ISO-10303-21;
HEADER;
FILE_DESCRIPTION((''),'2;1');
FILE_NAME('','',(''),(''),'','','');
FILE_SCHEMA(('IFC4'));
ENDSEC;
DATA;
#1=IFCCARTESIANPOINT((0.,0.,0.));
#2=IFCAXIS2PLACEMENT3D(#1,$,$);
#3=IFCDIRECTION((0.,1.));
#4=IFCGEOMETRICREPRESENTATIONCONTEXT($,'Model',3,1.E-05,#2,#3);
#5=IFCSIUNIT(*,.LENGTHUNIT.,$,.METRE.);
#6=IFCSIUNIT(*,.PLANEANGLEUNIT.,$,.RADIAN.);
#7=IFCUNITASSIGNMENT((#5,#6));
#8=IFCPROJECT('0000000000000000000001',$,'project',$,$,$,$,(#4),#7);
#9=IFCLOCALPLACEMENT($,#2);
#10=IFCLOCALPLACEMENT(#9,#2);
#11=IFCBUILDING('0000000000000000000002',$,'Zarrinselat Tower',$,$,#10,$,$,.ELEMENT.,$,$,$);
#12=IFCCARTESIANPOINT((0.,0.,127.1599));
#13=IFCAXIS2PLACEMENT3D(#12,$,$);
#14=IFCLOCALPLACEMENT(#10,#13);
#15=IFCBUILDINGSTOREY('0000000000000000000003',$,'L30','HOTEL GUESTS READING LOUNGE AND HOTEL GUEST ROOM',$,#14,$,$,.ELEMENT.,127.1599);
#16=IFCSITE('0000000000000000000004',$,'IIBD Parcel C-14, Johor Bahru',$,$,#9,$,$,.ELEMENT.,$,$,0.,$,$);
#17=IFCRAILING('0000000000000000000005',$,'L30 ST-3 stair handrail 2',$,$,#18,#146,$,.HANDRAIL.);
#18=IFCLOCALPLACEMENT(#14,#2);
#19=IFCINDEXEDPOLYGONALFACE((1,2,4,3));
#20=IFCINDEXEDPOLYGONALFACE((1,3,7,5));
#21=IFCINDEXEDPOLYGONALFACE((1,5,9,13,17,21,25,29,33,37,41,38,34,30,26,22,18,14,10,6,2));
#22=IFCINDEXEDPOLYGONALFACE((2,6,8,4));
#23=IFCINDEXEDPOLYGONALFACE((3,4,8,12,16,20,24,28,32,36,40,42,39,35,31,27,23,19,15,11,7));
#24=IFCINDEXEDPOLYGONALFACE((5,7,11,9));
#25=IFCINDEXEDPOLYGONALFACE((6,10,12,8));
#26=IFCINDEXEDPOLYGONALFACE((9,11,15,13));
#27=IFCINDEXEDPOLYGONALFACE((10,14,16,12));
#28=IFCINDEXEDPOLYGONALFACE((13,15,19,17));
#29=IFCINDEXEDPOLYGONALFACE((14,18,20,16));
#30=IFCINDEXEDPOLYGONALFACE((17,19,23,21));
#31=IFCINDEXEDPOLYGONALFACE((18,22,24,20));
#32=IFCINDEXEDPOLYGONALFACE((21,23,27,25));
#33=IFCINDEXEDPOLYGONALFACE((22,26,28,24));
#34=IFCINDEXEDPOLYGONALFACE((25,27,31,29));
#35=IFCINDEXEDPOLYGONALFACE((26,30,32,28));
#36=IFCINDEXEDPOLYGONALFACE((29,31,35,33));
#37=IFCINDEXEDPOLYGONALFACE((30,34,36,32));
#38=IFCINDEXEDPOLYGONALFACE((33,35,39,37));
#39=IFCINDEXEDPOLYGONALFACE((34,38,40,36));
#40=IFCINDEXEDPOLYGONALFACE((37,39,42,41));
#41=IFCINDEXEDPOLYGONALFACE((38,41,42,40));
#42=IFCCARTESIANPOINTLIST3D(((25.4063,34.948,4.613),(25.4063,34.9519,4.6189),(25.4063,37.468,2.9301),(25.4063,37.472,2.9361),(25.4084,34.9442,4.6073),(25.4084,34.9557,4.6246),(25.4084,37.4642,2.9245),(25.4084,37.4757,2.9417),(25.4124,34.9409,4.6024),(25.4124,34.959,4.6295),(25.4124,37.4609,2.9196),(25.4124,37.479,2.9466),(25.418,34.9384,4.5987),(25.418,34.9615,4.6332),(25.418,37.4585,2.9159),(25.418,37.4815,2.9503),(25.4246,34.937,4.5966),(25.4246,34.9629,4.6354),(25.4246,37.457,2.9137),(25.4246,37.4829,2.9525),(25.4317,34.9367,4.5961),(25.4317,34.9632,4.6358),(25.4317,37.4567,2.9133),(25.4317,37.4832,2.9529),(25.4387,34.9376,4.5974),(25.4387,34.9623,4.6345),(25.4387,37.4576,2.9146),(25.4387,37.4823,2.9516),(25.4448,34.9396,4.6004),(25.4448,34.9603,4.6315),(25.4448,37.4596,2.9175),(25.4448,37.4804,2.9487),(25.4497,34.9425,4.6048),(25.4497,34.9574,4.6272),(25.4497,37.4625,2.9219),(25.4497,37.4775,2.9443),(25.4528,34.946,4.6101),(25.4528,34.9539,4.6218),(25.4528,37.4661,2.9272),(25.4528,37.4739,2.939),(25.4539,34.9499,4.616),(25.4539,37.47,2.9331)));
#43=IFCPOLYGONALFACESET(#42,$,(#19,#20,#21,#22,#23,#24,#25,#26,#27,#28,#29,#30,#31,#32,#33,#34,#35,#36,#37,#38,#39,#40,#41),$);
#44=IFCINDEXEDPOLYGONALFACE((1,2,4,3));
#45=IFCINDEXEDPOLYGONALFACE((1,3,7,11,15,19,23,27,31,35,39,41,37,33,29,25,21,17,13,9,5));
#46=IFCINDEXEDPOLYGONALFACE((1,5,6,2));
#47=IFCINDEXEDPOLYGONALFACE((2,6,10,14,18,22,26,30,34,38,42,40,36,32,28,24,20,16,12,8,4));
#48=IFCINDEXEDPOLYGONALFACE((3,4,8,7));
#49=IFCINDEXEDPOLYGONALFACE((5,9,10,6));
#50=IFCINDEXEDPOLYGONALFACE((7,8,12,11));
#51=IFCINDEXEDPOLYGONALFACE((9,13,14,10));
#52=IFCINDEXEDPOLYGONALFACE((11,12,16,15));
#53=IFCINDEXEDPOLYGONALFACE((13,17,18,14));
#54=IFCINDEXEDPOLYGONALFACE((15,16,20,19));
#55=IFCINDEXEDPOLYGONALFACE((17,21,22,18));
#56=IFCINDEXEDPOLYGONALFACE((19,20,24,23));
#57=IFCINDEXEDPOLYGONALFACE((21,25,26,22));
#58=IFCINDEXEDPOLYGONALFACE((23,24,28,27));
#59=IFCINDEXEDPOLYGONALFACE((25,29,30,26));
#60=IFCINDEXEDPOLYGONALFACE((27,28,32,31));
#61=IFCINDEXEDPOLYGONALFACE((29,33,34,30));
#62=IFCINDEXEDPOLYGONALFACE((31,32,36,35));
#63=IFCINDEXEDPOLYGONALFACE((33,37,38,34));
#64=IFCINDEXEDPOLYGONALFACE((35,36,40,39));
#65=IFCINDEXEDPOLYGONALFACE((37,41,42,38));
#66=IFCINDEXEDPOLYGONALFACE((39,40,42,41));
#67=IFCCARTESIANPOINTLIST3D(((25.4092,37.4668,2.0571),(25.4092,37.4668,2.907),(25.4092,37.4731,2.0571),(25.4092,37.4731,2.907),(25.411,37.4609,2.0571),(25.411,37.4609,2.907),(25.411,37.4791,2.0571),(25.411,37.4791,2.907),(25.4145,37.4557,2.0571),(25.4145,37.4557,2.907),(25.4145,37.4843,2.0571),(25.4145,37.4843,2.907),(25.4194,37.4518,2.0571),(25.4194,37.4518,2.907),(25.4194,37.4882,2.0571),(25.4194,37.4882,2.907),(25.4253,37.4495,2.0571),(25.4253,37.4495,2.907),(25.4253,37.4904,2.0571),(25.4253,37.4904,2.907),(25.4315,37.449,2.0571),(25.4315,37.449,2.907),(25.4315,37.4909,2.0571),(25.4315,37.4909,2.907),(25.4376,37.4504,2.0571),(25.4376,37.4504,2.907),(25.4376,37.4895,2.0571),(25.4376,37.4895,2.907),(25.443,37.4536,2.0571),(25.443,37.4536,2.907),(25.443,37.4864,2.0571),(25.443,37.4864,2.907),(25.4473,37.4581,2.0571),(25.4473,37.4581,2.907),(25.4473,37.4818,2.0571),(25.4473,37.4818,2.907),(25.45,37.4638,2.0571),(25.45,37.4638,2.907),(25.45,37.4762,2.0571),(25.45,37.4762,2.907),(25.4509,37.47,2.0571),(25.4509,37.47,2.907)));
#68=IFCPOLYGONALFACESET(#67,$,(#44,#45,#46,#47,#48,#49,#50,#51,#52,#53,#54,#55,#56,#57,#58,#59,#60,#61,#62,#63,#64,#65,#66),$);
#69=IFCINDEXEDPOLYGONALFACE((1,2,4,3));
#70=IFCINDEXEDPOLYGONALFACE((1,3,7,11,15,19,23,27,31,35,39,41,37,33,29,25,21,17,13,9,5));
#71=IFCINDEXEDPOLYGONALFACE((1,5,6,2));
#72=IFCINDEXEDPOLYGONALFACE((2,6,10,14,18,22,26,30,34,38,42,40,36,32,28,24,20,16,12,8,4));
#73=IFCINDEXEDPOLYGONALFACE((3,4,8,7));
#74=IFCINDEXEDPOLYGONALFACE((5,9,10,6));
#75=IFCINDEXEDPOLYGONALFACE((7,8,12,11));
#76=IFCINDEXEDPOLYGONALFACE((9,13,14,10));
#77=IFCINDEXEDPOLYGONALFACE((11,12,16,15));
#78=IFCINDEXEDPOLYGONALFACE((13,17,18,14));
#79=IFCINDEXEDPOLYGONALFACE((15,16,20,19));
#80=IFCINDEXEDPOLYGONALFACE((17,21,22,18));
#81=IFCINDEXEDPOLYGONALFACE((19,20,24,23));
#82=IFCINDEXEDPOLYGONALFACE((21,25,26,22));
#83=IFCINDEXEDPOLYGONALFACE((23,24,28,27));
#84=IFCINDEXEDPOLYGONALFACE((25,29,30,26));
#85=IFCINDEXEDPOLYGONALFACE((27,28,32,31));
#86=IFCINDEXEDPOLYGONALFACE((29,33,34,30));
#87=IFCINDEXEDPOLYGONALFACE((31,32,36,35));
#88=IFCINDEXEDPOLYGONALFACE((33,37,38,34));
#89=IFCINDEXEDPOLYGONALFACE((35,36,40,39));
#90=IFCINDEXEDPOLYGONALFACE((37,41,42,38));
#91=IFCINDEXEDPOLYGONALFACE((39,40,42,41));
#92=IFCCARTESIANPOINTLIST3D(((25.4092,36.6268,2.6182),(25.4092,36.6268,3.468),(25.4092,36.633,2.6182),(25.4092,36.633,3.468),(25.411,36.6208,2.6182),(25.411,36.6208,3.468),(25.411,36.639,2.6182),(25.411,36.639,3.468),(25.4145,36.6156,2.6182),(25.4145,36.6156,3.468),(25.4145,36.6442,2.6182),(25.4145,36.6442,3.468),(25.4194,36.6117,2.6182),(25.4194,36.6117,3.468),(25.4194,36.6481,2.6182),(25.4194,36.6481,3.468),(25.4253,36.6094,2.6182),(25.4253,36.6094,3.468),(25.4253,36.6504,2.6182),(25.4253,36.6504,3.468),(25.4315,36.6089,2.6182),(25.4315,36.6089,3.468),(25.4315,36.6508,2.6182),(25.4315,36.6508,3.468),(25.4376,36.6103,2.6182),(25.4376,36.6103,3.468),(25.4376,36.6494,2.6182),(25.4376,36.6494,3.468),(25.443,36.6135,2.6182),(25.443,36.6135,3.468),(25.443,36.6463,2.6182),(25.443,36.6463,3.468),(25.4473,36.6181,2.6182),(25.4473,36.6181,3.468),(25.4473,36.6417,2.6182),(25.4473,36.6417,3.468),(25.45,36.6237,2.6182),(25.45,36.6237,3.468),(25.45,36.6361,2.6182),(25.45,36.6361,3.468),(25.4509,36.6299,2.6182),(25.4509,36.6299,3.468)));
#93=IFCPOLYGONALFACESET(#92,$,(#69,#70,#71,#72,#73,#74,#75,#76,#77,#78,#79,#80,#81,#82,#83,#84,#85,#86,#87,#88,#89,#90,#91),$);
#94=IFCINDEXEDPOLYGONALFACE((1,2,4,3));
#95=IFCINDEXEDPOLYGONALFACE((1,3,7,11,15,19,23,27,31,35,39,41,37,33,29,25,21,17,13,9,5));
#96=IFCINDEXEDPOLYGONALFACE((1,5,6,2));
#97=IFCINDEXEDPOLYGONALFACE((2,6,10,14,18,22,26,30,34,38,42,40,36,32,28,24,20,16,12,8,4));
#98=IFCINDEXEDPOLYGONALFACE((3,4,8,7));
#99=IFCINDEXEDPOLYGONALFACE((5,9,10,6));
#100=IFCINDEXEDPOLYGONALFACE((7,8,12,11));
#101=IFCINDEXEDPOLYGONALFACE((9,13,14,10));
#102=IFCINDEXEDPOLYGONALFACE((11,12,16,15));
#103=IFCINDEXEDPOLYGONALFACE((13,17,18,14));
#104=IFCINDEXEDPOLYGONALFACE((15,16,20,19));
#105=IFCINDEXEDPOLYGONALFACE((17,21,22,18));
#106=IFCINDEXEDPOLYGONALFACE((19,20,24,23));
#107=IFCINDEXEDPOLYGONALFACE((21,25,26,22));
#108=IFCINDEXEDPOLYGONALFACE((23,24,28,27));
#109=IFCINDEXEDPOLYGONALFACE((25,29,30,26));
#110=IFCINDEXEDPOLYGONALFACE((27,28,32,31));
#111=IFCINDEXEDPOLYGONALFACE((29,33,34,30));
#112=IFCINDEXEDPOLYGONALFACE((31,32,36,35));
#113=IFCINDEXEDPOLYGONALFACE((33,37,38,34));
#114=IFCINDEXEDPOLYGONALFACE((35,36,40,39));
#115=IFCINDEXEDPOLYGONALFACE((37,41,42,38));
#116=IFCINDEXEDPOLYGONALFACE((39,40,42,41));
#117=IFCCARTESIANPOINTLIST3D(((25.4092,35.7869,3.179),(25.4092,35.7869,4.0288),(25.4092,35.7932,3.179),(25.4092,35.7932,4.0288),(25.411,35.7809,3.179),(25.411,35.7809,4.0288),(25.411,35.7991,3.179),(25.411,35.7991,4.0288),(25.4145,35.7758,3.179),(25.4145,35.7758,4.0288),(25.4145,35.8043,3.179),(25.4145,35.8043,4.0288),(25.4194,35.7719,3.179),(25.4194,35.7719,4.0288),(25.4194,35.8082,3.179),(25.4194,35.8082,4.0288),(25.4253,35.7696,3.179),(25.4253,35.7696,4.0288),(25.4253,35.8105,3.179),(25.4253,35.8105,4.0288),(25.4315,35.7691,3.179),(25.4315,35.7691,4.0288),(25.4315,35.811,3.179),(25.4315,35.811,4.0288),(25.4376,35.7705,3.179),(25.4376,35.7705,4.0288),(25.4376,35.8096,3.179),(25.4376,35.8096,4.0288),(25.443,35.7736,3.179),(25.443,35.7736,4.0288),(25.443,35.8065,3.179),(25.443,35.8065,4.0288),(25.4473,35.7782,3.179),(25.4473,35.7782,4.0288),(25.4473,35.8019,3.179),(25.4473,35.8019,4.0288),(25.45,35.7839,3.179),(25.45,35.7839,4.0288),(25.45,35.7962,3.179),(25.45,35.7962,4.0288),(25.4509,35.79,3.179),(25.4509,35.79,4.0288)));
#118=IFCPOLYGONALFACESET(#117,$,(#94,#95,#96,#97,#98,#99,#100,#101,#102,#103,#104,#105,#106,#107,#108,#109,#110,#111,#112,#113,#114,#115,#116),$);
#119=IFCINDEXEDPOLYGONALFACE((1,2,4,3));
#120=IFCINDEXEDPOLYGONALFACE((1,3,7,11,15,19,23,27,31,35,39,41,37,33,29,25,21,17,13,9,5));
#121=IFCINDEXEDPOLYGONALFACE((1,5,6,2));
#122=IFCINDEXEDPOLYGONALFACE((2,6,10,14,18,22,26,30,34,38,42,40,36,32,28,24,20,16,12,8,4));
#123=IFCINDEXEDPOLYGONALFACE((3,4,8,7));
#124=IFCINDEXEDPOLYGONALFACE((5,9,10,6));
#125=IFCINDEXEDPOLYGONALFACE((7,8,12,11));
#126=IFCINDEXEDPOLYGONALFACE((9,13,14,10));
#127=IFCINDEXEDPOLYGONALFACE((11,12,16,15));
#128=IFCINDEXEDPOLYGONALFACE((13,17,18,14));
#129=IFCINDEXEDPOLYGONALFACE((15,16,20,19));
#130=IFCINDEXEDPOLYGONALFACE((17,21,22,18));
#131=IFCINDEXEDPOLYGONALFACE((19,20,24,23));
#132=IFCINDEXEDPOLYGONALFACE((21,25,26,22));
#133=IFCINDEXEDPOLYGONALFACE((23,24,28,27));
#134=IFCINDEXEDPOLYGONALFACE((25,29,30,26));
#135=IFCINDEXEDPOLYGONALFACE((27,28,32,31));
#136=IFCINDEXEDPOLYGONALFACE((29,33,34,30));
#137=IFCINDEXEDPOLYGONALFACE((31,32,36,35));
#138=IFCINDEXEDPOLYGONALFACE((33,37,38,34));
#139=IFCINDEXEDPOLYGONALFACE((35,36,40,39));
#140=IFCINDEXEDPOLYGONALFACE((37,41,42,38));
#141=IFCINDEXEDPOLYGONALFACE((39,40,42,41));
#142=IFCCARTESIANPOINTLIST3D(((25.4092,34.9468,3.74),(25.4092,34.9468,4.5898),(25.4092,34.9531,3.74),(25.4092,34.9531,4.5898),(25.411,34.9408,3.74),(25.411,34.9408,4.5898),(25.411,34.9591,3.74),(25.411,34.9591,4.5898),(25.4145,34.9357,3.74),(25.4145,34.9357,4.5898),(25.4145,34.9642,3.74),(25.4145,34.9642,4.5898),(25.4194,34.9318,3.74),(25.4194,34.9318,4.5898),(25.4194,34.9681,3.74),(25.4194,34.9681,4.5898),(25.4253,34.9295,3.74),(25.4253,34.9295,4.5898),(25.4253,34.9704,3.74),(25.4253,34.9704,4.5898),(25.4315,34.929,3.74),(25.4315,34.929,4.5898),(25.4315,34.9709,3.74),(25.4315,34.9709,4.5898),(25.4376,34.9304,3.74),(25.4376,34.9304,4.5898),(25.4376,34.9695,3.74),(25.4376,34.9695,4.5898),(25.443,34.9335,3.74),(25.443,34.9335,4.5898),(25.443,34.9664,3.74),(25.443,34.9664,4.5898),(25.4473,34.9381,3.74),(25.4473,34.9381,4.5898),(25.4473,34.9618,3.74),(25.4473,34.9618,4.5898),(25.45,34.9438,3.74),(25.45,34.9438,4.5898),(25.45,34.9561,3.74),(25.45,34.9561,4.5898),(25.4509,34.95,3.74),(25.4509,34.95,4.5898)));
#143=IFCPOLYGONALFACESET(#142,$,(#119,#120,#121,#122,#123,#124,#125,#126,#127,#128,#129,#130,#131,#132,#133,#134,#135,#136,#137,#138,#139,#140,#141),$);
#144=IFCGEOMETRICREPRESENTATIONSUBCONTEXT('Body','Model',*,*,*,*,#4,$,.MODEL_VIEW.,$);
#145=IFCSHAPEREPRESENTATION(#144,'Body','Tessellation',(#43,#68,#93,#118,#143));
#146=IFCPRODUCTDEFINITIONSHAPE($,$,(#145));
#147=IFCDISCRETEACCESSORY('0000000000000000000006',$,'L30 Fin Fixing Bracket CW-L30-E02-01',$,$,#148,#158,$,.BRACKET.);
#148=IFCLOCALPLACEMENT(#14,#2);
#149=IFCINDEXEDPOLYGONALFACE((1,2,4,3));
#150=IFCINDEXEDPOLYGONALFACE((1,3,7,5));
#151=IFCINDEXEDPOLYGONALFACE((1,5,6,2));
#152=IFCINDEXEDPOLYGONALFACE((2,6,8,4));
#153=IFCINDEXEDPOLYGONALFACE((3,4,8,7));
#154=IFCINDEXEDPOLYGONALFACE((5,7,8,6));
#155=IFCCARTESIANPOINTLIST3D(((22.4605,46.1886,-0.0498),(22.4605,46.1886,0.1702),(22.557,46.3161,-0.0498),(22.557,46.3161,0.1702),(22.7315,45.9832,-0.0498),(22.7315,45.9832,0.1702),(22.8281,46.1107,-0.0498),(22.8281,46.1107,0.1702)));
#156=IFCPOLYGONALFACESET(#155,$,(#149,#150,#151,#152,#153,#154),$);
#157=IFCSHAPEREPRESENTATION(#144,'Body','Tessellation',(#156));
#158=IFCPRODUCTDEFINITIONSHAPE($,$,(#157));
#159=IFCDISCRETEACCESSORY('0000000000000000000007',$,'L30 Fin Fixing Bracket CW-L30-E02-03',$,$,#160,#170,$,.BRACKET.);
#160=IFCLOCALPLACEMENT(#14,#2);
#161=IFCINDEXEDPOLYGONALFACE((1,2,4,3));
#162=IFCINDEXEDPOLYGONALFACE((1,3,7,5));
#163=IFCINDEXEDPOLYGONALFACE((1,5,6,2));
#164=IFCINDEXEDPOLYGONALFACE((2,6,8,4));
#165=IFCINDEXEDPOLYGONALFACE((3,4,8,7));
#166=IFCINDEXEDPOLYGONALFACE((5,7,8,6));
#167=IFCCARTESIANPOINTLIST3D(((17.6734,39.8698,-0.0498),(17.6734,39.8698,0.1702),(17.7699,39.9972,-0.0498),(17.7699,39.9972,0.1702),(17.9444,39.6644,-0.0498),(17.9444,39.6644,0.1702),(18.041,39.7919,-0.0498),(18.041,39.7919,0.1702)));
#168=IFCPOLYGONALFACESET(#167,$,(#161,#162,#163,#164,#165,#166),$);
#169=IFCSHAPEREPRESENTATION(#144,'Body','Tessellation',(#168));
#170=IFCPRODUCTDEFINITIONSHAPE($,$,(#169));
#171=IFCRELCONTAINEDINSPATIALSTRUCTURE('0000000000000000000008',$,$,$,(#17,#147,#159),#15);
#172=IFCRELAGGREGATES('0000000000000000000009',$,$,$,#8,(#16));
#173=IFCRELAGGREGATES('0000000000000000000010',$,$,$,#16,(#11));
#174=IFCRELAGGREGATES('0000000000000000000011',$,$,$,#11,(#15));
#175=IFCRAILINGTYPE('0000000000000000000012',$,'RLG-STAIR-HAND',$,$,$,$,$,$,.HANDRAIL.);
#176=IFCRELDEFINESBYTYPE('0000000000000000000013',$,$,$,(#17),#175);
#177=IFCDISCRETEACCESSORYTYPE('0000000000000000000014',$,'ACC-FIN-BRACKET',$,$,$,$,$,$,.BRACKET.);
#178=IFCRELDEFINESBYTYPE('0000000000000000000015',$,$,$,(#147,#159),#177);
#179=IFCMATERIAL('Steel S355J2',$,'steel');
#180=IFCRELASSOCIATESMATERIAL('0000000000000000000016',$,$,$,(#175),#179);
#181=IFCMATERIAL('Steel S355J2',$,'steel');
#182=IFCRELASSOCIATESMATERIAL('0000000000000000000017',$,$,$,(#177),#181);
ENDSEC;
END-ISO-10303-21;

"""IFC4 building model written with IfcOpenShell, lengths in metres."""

from ifc_helpers import new_model, si_unit, direction, frame, origin, origin_2d, place, context, subcontext, project, spatial, rectangle, circle, extrude, material, type_object, element, save


model = new_model("IFC4")

# Units and contexts
model_context = context("Model", 3, precision=1e-05, world=origin(), true_north=direction((0.0, 1.0)))
body_context = subcontext(model_context, "Body", "Model", "MODEL_VIEW")
ifc_project = project(units=[si_unit("LENGTHUNIT", "METRE"), si_unit("PLANEANGLEUNIT", "RADIAN")], contexts=[model_context])

# Site, building, storey
site_placement = place(None, origin())
site = spatial("IfcSite", under=ifc_project, at=site_placement, Name="IIBD Parcel C-14, Johor Bahru", CompositionType="ELEMENT", RefElevation=0.0)
building_placement = place(site_placement, origin())
building = spatial("IfcBuilding", under=site, at=building_placement, Name="Zarrinselat Tower", CompositionType="ELEMENT")
storey_placement = place(building_placement, frame((0.0, 0.0, 127.1599)))
storey = spatial("IfcBuildingStorey", under=building, at=storey_placement, Name="L30", Description="HOTEL GUESTS READING LOUNGE AND HOTEL GUEST ROOM", CompositionType="ELEMENT", Elevation=127.1599)

# Railing
ifc_material_1 = material(Name="Steel S355J2", Category="steel")
railing_type_1 = type_object("IfcRailingType", Name="RLG-STAIR-HAND", PredefinedType="HANDRAIL", material=ifc_material_1)
railing_1_placement = place(storey_placement, frame((25.4299, 37.47, 2.0571)))
element("IfcRailing", 1, at=railing_1_placement, inside=storey, type_object=railing_type_1, Name="L30 ST-3 stair handrail 2", PredefinedType="HANDRAIL", context=body_context, shape_type="SweptSolid", body=[
    extrude(circle(Radius=0.0239, at=origin_2d()), frame((0.0, 0.0, 0.876), z_axis=(0.0, -0.831616, 0.555351), x_axis=(1.0, 0.0, 0.0)), (0.0, 0.0, 1.0), 3.0303),
    extrude(circle(Radius=0.021, at=origin_2d()), origin(), (0.0, 0.0, 1.0), 0.8499),
    extrude(circle(Radius=0.021, at=origin_2d()), frame((0.0, -0.8401, 0.561)), (0.0, 0.0, 1.0), 0.8499),
    extrude(circle(Radius=0.021, at=origin_2d()), frame((0.0, -1.6799, 1.1218)), (0.0, 0.0, 1.0), 0.8499),
    extrude(circle(Radius=0.021, at=origin_2d()), frame((0.0, -2.52, 1.6829)), (0.0, 0.0, 1.0), 0.8499),
])

# Discrete accessories
ifc_material_2 = material(Name="Steel S355J2", Category="steel")
discrete_accessory_type = type_object("IfcDiscreteAccessoryType", Name="ACC-FIN-BRACKET", PredefinedType="BRACKET", material=ifc_material_2)
for number, where, z_axis, x_axis, name in (
    (2, (22.6443, 46.1497, -0.0498), (0.0, 0.0, 1.0), (-0.797092, 0.603858, 0.0), "L30 Fin Fixing Bracket CW-L30-E02-01"),
    (3, (17.8572, 39.8308, -0.0498), (0.0, 0.0, 1.0), (-0.797092, 0.603858, 0.0), "L30 Fin Fixing Bracket CW-L30-E02-03"),
):
    element("IfcDiscreteAccessory", number, at=place(storey_placement, frame(where, z_axis=z_axis, x_axis=x_axis)), inside=storey, type_object=discrete_accessory_type, Name=name, PredefinedType="BRACKET", context=body_context, shape_type="SweptSolid", body=[
        extrude(rectangle(XDim=0.3401, YDim=0.1599, at=origin_2d()), origin(), (0.0, 0.0, 1.0), 0.22),
    ])

save(model, "model.ifc")
